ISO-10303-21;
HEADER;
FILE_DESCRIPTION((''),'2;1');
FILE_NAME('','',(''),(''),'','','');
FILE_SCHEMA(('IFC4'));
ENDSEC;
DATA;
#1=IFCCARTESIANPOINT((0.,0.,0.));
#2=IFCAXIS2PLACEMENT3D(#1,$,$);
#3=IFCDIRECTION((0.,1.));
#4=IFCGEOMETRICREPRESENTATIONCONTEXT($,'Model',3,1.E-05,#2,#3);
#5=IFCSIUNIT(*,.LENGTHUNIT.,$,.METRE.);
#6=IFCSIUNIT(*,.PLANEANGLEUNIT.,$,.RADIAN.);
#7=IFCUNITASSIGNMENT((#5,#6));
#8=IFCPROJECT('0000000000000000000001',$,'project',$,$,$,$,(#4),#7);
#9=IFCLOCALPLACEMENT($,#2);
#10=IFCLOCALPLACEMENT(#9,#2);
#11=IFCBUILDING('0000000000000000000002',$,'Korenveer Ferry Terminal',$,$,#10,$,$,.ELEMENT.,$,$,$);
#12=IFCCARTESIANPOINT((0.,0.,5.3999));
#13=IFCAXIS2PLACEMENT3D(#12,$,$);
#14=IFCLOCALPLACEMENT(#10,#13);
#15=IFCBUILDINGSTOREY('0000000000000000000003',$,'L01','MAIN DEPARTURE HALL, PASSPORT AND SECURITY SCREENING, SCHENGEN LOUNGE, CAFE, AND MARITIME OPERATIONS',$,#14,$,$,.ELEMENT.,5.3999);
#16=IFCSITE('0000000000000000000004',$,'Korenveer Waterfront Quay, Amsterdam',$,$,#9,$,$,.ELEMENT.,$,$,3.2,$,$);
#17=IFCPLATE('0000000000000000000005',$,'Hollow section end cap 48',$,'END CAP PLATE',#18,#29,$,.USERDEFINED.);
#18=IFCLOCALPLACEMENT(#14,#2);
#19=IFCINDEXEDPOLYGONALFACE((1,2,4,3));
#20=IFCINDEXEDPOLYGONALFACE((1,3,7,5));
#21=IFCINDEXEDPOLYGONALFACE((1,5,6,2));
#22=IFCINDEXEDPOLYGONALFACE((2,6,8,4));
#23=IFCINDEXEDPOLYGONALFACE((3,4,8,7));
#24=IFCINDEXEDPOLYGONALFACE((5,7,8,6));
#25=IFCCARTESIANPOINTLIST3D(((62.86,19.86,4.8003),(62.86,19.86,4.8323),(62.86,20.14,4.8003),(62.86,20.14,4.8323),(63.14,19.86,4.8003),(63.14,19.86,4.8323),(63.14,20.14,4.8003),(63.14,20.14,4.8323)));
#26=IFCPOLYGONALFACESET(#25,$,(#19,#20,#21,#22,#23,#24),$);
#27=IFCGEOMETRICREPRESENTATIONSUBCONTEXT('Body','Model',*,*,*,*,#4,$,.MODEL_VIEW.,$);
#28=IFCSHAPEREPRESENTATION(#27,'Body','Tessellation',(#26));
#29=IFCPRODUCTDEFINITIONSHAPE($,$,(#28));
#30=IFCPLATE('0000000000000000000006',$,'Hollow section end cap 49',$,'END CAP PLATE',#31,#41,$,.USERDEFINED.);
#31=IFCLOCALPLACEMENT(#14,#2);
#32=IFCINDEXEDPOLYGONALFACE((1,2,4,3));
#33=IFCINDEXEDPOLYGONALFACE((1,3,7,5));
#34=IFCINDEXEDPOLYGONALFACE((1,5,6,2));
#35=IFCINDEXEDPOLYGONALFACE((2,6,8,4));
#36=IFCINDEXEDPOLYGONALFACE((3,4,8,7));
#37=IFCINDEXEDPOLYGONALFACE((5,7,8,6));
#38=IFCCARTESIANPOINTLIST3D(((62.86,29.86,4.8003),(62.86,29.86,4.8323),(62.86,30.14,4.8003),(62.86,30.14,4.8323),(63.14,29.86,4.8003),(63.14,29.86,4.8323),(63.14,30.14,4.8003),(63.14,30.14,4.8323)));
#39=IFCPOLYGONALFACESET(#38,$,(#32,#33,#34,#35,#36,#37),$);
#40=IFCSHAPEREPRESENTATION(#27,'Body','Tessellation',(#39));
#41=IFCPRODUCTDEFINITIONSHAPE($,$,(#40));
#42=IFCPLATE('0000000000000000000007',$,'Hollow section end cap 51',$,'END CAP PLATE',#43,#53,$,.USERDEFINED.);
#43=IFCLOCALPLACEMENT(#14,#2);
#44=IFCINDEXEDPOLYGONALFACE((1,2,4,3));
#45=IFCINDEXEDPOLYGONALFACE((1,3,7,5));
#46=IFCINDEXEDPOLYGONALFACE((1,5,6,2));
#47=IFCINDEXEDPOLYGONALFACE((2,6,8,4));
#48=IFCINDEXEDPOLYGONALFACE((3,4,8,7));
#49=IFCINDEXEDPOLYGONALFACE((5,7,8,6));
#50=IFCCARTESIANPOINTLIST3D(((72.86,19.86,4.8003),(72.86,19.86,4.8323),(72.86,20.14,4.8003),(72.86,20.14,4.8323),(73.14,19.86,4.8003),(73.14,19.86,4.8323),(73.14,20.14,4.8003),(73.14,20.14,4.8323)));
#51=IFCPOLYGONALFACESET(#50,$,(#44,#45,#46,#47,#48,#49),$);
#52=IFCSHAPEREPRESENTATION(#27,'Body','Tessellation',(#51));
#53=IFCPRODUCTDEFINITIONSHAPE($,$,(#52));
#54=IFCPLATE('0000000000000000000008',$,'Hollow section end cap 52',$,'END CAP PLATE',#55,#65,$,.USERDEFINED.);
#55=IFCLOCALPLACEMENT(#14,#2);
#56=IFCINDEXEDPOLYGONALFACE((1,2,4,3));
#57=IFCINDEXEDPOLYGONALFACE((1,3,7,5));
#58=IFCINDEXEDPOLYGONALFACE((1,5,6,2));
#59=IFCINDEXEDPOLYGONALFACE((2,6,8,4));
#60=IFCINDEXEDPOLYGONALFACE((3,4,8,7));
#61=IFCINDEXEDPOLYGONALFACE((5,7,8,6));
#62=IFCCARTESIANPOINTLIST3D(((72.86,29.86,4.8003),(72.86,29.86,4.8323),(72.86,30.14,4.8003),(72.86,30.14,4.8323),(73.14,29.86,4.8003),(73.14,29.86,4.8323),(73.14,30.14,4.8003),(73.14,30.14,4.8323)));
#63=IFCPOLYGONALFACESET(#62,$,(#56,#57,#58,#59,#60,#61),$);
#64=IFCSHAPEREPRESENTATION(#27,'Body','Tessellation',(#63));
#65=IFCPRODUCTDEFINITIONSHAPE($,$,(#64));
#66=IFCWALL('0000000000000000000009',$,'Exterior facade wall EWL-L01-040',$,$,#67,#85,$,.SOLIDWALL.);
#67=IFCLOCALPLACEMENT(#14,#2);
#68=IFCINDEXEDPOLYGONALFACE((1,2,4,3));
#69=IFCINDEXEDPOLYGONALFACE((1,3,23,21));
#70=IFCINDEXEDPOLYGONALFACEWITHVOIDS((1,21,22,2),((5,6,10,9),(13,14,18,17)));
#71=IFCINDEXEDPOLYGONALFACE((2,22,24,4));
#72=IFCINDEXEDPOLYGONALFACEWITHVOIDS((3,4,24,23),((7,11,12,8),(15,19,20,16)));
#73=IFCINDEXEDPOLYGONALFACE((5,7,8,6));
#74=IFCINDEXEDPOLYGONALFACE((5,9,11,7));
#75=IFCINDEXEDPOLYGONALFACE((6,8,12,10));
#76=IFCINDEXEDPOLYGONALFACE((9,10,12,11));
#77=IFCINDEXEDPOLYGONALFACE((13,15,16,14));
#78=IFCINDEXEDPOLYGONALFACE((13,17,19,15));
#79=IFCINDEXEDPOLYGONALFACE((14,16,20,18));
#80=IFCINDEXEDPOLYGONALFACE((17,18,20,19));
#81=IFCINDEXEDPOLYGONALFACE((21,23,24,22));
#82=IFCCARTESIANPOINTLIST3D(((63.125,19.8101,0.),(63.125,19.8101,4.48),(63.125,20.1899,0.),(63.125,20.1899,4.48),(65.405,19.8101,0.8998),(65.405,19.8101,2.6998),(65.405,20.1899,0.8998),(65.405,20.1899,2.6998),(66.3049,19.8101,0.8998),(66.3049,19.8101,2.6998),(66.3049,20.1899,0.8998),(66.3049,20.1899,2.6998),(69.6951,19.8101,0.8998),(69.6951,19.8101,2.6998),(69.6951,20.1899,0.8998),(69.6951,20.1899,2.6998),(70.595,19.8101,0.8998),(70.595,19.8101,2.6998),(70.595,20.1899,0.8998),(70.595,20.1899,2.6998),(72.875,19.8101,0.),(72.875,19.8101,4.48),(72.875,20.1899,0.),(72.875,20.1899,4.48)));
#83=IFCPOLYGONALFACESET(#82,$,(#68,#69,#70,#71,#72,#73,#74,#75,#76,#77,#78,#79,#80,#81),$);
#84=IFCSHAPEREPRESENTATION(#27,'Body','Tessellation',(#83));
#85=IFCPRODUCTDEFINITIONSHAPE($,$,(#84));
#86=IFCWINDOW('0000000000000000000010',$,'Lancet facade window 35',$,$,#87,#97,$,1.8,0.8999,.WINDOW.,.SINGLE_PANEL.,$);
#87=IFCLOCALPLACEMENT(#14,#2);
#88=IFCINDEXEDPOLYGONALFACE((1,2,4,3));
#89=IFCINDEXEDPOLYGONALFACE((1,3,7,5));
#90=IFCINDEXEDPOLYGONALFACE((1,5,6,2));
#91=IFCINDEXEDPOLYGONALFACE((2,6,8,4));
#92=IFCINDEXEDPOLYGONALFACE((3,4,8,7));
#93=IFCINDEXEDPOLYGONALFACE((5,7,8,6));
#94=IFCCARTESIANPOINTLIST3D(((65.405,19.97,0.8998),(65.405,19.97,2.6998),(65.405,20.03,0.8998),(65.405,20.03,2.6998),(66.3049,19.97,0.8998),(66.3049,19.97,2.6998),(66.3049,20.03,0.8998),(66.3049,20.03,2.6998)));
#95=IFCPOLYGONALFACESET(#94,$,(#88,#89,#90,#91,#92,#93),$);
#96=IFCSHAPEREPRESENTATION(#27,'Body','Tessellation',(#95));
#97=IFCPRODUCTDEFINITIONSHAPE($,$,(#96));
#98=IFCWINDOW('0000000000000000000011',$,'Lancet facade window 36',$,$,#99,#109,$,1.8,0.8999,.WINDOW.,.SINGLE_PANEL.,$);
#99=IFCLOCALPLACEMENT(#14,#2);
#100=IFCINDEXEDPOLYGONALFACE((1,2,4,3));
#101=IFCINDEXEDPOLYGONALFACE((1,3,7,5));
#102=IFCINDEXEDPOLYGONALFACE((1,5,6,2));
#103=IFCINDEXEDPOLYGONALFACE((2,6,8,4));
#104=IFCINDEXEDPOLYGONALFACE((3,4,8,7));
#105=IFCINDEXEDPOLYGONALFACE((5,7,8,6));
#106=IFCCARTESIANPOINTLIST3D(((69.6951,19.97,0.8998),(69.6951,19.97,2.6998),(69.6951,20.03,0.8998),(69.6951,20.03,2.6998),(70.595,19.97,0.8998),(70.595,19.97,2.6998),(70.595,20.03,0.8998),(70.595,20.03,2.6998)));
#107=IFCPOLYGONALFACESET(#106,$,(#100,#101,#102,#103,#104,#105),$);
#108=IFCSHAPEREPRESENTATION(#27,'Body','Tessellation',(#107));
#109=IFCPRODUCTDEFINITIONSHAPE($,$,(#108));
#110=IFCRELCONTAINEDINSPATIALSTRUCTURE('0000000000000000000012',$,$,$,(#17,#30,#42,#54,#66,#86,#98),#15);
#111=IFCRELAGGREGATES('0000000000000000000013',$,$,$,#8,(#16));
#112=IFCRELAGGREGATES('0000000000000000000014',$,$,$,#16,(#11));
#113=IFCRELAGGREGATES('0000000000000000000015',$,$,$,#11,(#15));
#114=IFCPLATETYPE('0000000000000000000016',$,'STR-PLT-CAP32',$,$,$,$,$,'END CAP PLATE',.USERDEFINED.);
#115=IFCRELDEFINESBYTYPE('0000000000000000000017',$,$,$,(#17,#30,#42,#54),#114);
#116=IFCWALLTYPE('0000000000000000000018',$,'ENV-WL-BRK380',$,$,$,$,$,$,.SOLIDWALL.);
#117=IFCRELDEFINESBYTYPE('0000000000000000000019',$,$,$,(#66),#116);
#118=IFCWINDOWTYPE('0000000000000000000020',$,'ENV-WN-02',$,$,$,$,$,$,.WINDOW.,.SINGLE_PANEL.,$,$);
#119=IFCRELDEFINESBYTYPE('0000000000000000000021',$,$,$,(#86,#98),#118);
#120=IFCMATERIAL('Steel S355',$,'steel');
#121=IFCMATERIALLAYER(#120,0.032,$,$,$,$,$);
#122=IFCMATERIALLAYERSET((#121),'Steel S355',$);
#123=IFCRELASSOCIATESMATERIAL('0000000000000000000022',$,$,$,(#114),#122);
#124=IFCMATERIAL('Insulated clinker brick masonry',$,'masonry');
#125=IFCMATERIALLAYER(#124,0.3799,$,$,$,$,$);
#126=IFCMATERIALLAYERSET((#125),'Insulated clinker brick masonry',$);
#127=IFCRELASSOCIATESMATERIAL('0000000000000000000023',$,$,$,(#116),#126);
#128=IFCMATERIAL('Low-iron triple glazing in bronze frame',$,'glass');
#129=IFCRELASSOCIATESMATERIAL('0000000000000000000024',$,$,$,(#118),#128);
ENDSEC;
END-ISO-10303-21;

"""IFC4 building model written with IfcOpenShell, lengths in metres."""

from ifc_helpers import new_model, si_unit, direction, frame, frame_2d, origin, origin_2d, place, context, subcontext, project, spatial, rectangle, extrude, material, layer, layer_set, type_object, element, fill, save


model = new_model("IFC4")

# Units and contexts
model_context = context("Model", 3, precision=1e-05, world=origin(), true_north=direction((0.0, 1.0)))
body_context = subcontext(model_context, "Body", "Model", "MODEL_VIEW")
ifc_project = project(units=[si_unit("LENGTHUNIT", "METRE"), si_unit("PLANEANGLEUNIT", "RADIAN")], contexts=[model_context])

# Site, building, storey
site_placement = place(None, origin())
site = spatial("IfcSite", under=ifc_project, at=site_placement, Name="Korenveer Waterfront Quay, Amsterdam", CompositionType="ELEMENT", RefElevation=3.2)
building_placement = place(site_placement, origin())
building = spatial("IfcBuilding", under=site, at=building_placement, Name="Korenveer Ferry Terminal", CompositionType="ELEMENT")
storey_placement = place(building_placement, frame((0.0, 0.0, 5.3999)))
storey = spatial("IfcBuildingStorey", under=building, at=storey_placement, Name="L01", Description="MAIN DEPARTURE HALL, PASSPORT AND SECURITY SCREENING, SCHENGEN LOUNGE, CAFE, AND MARITIME OPERATIONS", CompositionType="ELEMENT", Elevation=5.3999)

# Shared definitions
ifc_material_1 = material(Name="Steel S355", Category="steel")

# Plates
ifc_layer_1 = layer(ifc_material_1, 0.032)
ifc_layer_set_1 = layer_set([ifc_layer_1], Name="Steel S355")
plate_type_1 = type_object("IfcPlateType", Name="STR-PLT-CAP32", ElementType="END CAP PLATE", PredefinedType="USERDEFINED", material=ifc_layer_set_1)
for number, where, z_axis, x_axis, name in (
    (1, (63.0, 20.0, 4.8003), (0.0, 0.0, 1.0), (1.0, 0.0, 0.0), "Hollow section end cap 48"),
    (2, (63.0, 30.0, 4.8003), (0.0, 0.0, 1.0), (1.0, 0.0, 0.0), "Hollow section end cap 49"),
    (3, (73.0, 20.0, 4.8003), (0.0, 0.0, 1.0), (1.0, 0.0, 0.0), "Hollow section end cap 51"),
    (4, (73.0, 30.0, 4.8003), (0.0, 0.0, 1.0), (1.0, 0.0, 0.0), "Hollow section end cap 52"),
):
    element("IfcPlate", number, at=place(storey_placement, frame(where, z_axis=z_axis, x_axis=x_axis)), inside=storey, type_object=plate_type_1, Name=name, ObjectType="END CAP PLATE", PredefinedType="USERDEFINED", context=body_context, shape_type="SweptSolid", body=[
        extrude(rectangle(XDim=0.28, YDim=0.28, at=origin_2d()), origin(), (0.0, 0.0, 1.0), 0.032),
    ])

# Wall, openings, windows
ifc_material_2 = material(Name="Insulated clinker brick masonry", Category="masonry")
ifc_layer_2 = layer(ifc_material_2, 0.3799)
ifc_layer_set_2 = layer_set([ifc_layer_2], Name="Insulated clinker brick masonry")
wall_type = type_object("IfcWallType", Name="ENV-WL-BRK380", PredefinedType="SOLIDWALL", material=ifc_layer_set_2)
wall_placement = place(storey_placement, frame((63.125, 20.0, 0.0), z_axis=(0.0, 0.0, 1.0), x_axis=(1.0, 0.0, 0.0)))
wall = element("IfcWall", 5, at=wall_placement, inside=storey, type_object=wall_type, Name="Exterior facade wall EWL-L01-040", PredefinedType="SOLIDWALL", context=body_context, shape_type="SweptSolid", body=[
    extrude(rectangle(XDim=9.75, YDim=0.3799, at=frame_2d((4.875, 0.0))), origin(), (0.0, 0.0, 1.0), 4.48),
])
opening_1_placement = place(wall_placement, frame((2.28, 0.0, 0.8999)))
opening_1 = element("IfcOpeningElement", 6, at=opening_1_placement, cuts=wall, PredefinedType="OPENING", context=body_context, shape_type="SweptSolid", body=[
    extrude(rectangle(XDim=0.8999, YDim=1.8, at=frame_2d((0.45, 0.8999))), frame((0.0, 0.2, 0.0), z_axis=(0.0, -1.0, 0.0), x_axis=(1.0, 0.0, 0.0)), (0.0, 0.0, 1.0), 0.3999),
])
opening_2_placement = place(wall_placement, frame((6.5701, 0.0, 0.8999)))
opening_2 = element("IfcOpeningElement", 7, at=opening_2_placement, cuts=wall, PredefinedType="OPENING", context=body_context, shape_type="SweptSolid", body=[
    extrude(rectangle(XDim=0.8999, YDim=1.8, at=frame_2d((0.45, 0.8999))), frame((0.0, 0.2, 0.0), z_axis=(0.0, -1.0, 0.0), x_axis=(1.0, 0.0, 0.0)), (0.0, 0.0, 1.0), 0.3999),
])
ifc_material_3 = material(Name="Low-iron triple glazing in bronze frame", Category="glass")
window_type = type_object("IfcWindowType", Name="ENV-WN-02", PartitioningType="SINGLE_PANEL", PredefinedType="WINDOW", material=ifc_material_3)
window_1_placement = place(opening_1_placement, origin())
window_1 = element("IfcWindow", 8, at=window_1_placement, inside=storey, type_object=window_type, Name="Lancet facade window 35", OverallHeight=1.8, OverallWidth=0.8999, PartitioningType="SINGLE_PANEL", PredefinedType="WINDOW", context=body_context, shape_type="SweptSolid", body=[
    extrude(rectangle(XDim=0.8999, YDim=1.8, at=frame_2d((0.45, 0.8999))), frame((0.0, 0.03, 0.0), z_axis=(0.0, -1.0, 0.0), x_axis=(1.0, 0.0, 0.0)), (0.0, 0.0, 1.0), 0.0601),
])
fill(opening_1, window_1)
window_2_placement = place(opening_2_placement, origin())
window_2 = element("IfcWindow", 9, at=window_2_placement, inside=storey, type_object=window_type, Name="Lancet facade window 36", OverallHeight=1.8, OverallWidth=0.8999, PartitioningType="SINGLE_PANEL", PredefinedType="WINDOW", context=body_context, shape_type="SweptSolid", body=[
    extrude(rectangle(XDim=0.8999, YDim=1.8, at=frame_2d((0.45, 0.8999))), frame((0.0, 0.03, 0.0), z_axis=(0.0, -1.0, 0.0), x_axis=(1.0, 0.0, 0.0)), (0.0, 0.0, 1.0), 0.0601),
])
fill(opening_2, window_2)

save(model, "model.ifc")
